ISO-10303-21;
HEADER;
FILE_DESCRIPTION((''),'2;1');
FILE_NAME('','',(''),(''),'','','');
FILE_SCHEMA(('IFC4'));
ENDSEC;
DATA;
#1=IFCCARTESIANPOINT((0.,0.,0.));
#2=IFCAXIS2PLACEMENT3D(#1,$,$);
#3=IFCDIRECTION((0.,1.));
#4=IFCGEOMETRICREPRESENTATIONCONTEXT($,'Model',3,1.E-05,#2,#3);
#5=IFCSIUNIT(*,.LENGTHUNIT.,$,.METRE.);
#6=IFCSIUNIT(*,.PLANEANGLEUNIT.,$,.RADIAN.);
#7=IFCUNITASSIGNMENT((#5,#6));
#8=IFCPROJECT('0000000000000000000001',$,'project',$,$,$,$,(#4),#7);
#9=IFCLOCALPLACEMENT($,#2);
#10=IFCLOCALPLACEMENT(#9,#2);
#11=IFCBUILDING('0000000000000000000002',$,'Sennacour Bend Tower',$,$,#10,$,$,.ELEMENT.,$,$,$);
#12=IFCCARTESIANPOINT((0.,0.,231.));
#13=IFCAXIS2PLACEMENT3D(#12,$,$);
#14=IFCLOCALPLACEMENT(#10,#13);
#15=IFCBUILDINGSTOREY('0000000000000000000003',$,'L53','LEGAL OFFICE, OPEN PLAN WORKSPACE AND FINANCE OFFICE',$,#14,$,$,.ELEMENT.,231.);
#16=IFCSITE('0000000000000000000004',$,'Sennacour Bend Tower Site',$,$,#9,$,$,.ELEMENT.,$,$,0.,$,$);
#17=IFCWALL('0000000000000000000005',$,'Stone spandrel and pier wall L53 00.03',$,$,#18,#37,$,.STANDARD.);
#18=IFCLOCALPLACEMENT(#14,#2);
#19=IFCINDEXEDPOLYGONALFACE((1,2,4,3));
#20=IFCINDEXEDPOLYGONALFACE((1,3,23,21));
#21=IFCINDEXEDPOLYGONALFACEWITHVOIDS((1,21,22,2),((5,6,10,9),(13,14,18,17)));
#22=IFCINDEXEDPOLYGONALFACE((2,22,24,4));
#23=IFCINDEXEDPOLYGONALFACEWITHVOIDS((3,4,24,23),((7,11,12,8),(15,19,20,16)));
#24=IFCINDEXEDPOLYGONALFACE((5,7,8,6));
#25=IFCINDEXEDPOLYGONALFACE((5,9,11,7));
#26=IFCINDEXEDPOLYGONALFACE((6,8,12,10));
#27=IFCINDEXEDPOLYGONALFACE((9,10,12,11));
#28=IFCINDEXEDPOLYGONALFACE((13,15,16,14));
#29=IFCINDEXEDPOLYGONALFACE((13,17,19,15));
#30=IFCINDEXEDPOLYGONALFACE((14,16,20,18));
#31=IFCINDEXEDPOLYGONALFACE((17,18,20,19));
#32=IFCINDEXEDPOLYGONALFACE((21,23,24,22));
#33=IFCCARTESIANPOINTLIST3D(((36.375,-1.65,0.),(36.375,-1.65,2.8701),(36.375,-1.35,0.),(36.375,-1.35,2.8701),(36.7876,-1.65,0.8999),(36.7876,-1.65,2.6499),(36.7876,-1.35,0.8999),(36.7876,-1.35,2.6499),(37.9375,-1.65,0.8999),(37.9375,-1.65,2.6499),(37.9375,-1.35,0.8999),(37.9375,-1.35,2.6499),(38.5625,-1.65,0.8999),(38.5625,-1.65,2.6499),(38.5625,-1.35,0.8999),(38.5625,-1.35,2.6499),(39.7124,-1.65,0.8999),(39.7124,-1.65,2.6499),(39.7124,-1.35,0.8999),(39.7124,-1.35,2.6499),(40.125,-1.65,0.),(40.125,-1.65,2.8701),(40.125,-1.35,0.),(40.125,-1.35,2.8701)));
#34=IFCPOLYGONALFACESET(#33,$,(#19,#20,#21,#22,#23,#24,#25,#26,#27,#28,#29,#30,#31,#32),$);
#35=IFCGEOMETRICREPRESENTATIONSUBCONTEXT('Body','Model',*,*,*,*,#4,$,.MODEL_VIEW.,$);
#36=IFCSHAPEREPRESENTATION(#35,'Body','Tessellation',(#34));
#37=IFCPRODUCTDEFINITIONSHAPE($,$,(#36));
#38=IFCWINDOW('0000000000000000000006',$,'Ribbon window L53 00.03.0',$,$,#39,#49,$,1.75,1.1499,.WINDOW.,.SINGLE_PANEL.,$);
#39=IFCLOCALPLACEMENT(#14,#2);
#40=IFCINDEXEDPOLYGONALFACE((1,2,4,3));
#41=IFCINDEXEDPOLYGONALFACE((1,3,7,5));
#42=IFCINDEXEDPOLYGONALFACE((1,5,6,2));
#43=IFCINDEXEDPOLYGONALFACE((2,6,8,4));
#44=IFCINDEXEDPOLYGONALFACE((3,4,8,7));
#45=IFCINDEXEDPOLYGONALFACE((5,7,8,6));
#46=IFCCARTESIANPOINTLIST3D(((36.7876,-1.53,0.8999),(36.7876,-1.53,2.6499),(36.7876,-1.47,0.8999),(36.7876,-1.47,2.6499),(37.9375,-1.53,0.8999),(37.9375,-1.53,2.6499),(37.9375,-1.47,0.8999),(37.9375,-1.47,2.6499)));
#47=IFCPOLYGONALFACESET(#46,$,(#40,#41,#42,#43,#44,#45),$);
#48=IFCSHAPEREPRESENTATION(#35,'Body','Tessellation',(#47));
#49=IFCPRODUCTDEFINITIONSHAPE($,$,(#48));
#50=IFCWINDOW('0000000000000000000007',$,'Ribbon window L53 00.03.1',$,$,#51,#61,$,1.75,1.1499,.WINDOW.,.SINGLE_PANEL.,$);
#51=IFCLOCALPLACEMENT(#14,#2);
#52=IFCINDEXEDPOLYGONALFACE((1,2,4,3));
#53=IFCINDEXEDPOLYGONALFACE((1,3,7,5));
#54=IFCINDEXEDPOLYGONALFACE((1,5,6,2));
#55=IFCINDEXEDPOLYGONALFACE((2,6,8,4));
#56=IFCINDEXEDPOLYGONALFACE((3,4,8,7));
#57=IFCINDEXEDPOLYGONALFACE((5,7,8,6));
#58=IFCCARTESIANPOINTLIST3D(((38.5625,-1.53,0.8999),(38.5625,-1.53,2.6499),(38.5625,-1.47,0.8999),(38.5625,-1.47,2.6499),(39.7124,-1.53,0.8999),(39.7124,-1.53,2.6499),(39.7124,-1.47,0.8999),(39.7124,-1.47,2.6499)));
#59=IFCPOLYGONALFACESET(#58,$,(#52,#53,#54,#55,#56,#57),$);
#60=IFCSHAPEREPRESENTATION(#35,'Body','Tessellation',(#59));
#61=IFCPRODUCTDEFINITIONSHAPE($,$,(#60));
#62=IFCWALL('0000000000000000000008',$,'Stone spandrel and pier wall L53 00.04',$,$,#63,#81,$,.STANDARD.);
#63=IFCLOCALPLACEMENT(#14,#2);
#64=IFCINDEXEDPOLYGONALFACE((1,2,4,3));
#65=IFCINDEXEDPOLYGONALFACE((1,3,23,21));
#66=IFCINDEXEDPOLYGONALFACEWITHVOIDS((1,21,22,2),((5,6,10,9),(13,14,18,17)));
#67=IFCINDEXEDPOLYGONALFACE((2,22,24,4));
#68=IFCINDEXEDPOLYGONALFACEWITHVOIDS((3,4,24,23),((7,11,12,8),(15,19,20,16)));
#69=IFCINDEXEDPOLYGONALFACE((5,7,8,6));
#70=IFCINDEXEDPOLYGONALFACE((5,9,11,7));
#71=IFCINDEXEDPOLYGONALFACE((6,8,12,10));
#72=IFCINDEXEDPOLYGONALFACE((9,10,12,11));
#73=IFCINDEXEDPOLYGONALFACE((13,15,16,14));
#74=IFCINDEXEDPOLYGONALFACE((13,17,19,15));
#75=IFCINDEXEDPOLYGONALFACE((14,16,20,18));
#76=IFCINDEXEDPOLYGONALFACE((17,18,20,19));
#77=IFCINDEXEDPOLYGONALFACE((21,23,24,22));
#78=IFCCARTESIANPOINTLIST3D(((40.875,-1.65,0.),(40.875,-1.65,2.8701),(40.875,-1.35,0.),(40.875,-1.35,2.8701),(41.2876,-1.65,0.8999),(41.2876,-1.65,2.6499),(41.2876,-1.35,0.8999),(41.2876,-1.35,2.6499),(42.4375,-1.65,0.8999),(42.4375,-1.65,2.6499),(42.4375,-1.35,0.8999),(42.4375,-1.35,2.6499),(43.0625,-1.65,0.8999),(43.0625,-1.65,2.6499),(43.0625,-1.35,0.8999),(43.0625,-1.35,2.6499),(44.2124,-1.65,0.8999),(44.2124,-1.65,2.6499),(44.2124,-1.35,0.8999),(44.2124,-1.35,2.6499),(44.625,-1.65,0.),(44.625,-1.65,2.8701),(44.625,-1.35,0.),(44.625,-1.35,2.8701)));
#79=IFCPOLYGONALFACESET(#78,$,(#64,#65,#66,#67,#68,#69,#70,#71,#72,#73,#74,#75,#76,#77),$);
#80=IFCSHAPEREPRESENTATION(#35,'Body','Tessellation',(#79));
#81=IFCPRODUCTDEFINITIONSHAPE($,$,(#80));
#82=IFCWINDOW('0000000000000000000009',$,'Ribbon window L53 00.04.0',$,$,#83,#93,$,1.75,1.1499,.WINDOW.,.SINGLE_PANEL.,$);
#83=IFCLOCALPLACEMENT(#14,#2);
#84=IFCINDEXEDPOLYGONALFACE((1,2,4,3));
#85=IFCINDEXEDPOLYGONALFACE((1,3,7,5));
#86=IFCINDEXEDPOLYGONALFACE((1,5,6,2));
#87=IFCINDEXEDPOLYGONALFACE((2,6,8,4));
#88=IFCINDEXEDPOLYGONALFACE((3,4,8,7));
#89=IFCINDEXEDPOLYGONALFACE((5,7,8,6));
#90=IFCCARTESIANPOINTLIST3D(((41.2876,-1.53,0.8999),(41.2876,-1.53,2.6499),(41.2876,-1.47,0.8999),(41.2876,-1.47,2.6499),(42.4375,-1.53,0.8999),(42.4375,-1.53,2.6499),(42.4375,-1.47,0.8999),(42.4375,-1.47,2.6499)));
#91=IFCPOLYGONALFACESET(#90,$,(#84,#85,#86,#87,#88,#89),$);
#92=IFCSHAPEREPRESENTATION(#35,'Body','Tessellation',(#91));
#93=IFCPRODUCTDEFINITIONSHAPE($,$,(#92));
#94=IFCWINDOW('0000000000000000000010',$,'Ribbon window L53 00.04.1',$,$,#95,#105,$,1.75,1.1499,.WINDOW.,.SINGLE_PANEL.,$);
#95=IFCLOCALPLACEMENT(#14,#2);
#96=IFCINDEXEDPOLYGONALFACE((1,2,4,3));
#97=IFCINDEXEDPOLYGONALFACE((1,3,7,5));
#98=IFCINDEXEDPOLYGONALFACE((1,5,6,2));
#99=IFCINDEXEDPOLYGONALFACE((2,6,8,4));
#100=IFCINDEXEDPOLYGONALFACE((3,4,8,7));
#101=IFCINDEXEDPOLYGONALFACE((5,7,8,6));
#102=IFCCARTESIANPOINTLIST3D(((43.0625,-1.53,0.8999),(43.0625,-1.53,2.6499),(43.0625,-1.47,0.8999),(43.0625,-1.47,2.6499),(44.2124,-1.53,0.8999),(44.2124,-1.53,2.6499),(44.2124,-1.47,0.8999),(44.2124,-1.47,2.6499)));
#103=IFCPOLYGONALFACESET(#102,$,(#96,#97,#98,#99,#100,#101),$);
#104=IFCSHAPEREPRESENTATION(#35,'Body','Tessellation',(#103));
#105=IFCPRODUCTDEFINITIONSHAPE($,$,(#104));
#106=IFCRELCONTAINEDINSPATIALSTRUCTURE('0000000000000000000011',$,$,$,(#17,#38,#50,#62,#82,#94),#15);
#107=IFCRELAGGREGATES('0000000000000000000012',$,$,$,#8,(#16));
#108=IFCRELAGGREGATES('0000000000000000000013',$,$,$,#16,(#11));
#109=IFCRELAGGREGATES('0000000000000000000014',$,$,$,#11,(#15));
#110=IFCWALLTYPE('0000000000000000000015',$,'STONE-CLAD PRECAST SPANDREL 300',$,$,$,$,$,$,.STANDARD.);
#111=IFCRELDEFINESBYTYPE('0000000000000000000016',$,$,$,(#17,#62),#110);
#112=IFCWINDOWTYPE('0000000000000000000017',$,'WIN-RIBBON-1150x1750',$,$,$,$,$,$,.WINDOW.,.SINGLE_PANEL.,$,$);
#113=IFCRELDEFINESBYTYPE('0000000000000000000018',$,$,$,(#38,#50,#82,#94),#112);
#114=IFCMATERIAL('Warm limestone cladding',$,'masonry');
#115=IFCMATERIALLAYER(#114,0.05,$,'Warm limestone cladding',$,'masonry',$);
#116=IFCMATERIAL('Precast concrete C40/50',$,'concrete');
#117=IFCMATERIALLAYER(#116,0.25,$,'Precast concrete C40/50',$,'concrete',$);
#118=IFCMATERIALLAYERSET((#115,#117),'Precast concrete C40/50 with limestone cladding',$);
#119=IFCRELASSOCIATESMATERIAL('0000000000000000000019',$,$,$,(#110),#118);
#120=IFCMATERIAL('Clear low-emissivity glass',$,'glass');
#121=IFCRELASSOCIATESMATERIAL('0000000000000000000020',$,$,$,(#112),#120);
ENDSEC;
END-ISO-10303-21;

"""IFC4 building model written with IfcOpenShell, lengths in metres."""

from ifc_helpers import new_model, si_unit, direction, frame, frame_2d, origin, place, context, subcontext, project, spatial, rectangle, extrude, material, layer, layer_set, type_object, element, fill, save


model = new_model("IFC4")

# Units and contexts
model_context = context("Model", 3, precision=1e-05, world=origin(), true_north=direction((0.0, 1.0)))
body_context = subcontext(model_context, "Body", "Model", "MODEL_VIEW")
ifc_project = project(units=[si_unit("LENGTHUNIT", "METRE"), si_unit("PLANEANGLEUNIT", "RADIAN")], contexts=[model_context])

# Site, building, storey
site_placement = place(None, origin())
site = spatial("IfcSite", under=ifc_project, at=site_placement, Name="Sennacour Bend Tower Site", CompositionType="ELEMENT", RefElevation=0.0)
building_placement = place(site_placement, origin())
building = spatial("IfcBuilding", under=site, at=building_placement, Name="Sennacour Bend Tower", CompositionType="ELEMENT")
storey_placement = place(building_placement, frame((0.0, 0.0, 231.0)))
storey = spatial("IfcBuildingStorey", under=building, at=storey_placement, Name="L53", Description="LEGAL OFFICE, OPEN PLAN WORKSPACE AND FINANCE OFFICE", CompositionType="ELEMENT", Elevation=231.0)

# Walls, openings, windows
ifc_material_1 = material(Name="Warm limestone cladding", Category="masonry")
ifc_layer_1 = layer(ifc_material_1, 0.05, Name="Warm limestone cladding", Category="masonry")
ifc_material_2 = material(Name="Precast concrete C40/50", Category="concrete")
ifc_layer_2 = layer(ifc_material_2, 0.25, Name="Precast concrete C40/50", Category="concrete")
ifc_layer_set_1 = layer_set([ifc_layer_1, ifc_layer_2], Name="Precast concrete C40/50 with limestone cladding")
wall_type_1 = type_object("IfcWallType", Name="STONE-CLAD PRECAST SPANDREL 300", PredefinedType="STANDARD", material=ifc_layer_set_1)
wall_1_placement = place(storey_placement, frame((36.375, -1.5, 0.0), z_axis=(0.0, 0.0, 1.0), x_axis=(1.0, 0.0, 0.0)))
wall_1 = element("IfcWall", 1, at=wall_1_placement, inside=storey, type_object=wall_type_1, Name="Stone spandrel and pier wall L53 00.03", PredefinedType="STANDARD", context=body_context, shape_type="SweptSolid", body=[
    extrude(rectangle(XDim=3.75, YDim=0.3, at=frame_2d((1.875, 0.0))), origin(), (0.0, 0.0, 1.0), 2.8701),
])
opening_1_placement = place(wall_1_placement, frame((0.4126, 0.0, 0.8999)))
opening_1 = element("IfcOpeningElement", 2, at=opening_1_placement, cuts=wall_1, PredefinedType="OPENING", context=body_context, shape_type="SweptSolid", body=[
    extrude(rectangle(XDim=1.1499, YDim=1.75, at=frame_2d((0.575, 0.875))), frame((0.0, 0.1602, 0.0), z_axis=(0.0, -1.0, 0.0), x_axis=(1.0, 0.0, 0.0)), (0.0, 0.0, 1.0), 0.3201),
])
opening_2_placement = place(wall_1_placement, frame((2.1875, 0.0, 0.8999)))
opening_2 = element("IfcOpeningElement", 3, at=opening_2_placement, cuts=wall_1, PredefinedType="OPENING", context=body_context, shape_type="SweptSolid", body=[
    extrude(rectangle(XDim=1.1499, YDim=1.75, at=frame_2d((0.575, 0.875))), frame((0.0, 0.1602, 0.0), z_axis=(0.0, -1.0, 0.0), x_axis=(1.0, 0.0, 0.0)), (0.0, 0.0, 1.0), 0.3201),
])
ifc_material_3 = material(Name="Clear low-emissivity glass", Category="glass")
window_type = type_object("IfcWindowType", Name="WIN-RIBBON-1150x1750", PartitioningType="SINGLE_PANEL", PredefinedType="WINDOW", material=ifc_material_3)
window_1_placement = place(opening_1_placement, origin())
window_1 = element("IfcWindow", 4, at=window_1_placement, inside=storey, type_object=window_type, Name="Ribbon window L53 00.03.0", OverallHeight=1.75, OverallWidth=1.1499, PartitioningType="SINGLE_PANEL", PredefinedType="WINDOW", context=body_context, shape_type="SweptSolid", body=[
    extrude(rectangle(XDim=1.1499, YDim=1.75, at=frame_2d((0.575, 0.875))), frame((0.0, 0.03, 0.0), z_axis=(0.0, -1.0, 0.0), x_axis=(1.0, 0.0, 0.0)), (0.0, 0.0, 1.0), 0.0601),
])
fill(opening_1, window_1)
window_2_placement = place(opening_2_placement, origin())
window_2 = element("IfcWindow", 5, at=window_2_placement, inside=storey, type_object=window_type, Name="Ribbon window L53 00.03.1", OverallHeight=1.75, OverallWidth=1.1499, PartitioningType="SINGLE_PANEL", PredefinedType="WINDOW", context=body_context, shape_type="SweptSolid", body=[
    extrude(rectangle(XDim=1.1499, YDim=1.75, at=frame_2d((0.575, 0.875))), frame((0.0, 0.03, 0.0), z_axis=(0.0, -1.0, 0.0), x_axis=(1.0, 0.0, 0.0)), (0.0, 0.0, 1.0), 0.0601),
])
fill(opening_2, window_2)
wall_2_placement = place(storey_placement, frame((40.875, -1.5, 0.0), z_axis=(0.0, 0.0, 1.0), x_axis=(1.0, 0.0, 0.0)))
wall_2 = element("IfcWall", 6, at=wall_2_placement, inside=storey, type_object=wall_type_1, Name="Stone spandrel and pier wall L53 00.04", PredefinedType="STANDARD", context=body_context, shape_type="SweptSolid", body=[
    extrude(rectangle(XDim=3.75, YDim=0.3, at=frame_2d((1.875, 0.0))), origin(), (0.0, 0.0, 1.0), 2.8701),
])
opening_3_placement = place(wall_2_placement, frame((0.4126, 0.0, 0.8999)))
opening_3 = element("IfcOpeningElement", 7, at=opening_3_placement, cuts=wall_2, PredefinedType="OPENING", context=body_context, shape_type="SweptSolid", body=[
    extrude(rectangle(XDim=1.1499, YDim=1.75, at=frame_2d((0.575, 0.875))), frame((0.0, 0.1602, 0.0), z_axis=(0.0, -1.0, 0.0), x_axis=(1.0, 0.0, 0.0)), (0.0, 0.0, 1.0), 0.3201),
])
opening_4_placement = place(wall_2_placement, frame((2.1875, 0.0, 0.8999)))
opening_4 = element("IfcOpeningElement", 8, at=opening_4_placement, cuts=wall_2, PredefinedType="OPENING", context=body_context, shape_type="SweptSolid", body=[
    extrude(rectangle(XDim=1.1499, YDim=1.75, at=frame_2d((0.575, 0.875))), frame((0.0, 0.1602, 0.0), z_axis=(0.0, -1.0, 0.0), x_axis=(1.0, 0.0, 0.0)), (0.0, 0.0, 1.0), 0.3201),
])
window_3_placement = place(opening_3_placement, origin())
window_3 = element("IfcWindow", 9, at=window_3_placement, inside=storey, type_object=window_type, Name="Ribbon window L53 00.04.0", OverallHeight=1.75, OverallWidth=1.1499, PartitioningType="SINGLE_PANEL", PredefinedType="WINDOW", context=body_context, shape_type="SweptSolid", body=[
    extrude(rectangle(XDim=1.1499, YDim=1.75, at=frame_2d((0.575, 0.875))), frame((0.0, 0.03, 0.0), z_axis=(0.0, -1.0, 0.0), x_axis=(1.0, 0.0, 0.0)), (0.0, 0.0, 1.0), 0.0601),
])
fill(opening_3, window_3)
window_4_placement = place(opening_4_placement, origin())
window_4 = element("IfcWindow", 10, at=window_4_placement, inside=storey, type_object=window_type, Name="Ribbon window L53 00.04.1", OverallHeight=1.75, OverallWidth=1.1499, PartitioningType="SINGLE_PANEL", PredefinedType="WINDOW", context=body_context, shape_type="SweptSolid", body=[
    extrude(rectangle(XDim=1.1499, YDim=1.75, at=frame_2d((0.575, 0.875))), frame((0.0, 0.03, 0.0), z_axis=(0.0, -1.0, 0.0), x_axis=(1.0, 0.0, 0.0)), (0.0, 0.0, 1.0), 0.0601),
])
fill(opening_4, window_4)

save(model, "model.ifc")
